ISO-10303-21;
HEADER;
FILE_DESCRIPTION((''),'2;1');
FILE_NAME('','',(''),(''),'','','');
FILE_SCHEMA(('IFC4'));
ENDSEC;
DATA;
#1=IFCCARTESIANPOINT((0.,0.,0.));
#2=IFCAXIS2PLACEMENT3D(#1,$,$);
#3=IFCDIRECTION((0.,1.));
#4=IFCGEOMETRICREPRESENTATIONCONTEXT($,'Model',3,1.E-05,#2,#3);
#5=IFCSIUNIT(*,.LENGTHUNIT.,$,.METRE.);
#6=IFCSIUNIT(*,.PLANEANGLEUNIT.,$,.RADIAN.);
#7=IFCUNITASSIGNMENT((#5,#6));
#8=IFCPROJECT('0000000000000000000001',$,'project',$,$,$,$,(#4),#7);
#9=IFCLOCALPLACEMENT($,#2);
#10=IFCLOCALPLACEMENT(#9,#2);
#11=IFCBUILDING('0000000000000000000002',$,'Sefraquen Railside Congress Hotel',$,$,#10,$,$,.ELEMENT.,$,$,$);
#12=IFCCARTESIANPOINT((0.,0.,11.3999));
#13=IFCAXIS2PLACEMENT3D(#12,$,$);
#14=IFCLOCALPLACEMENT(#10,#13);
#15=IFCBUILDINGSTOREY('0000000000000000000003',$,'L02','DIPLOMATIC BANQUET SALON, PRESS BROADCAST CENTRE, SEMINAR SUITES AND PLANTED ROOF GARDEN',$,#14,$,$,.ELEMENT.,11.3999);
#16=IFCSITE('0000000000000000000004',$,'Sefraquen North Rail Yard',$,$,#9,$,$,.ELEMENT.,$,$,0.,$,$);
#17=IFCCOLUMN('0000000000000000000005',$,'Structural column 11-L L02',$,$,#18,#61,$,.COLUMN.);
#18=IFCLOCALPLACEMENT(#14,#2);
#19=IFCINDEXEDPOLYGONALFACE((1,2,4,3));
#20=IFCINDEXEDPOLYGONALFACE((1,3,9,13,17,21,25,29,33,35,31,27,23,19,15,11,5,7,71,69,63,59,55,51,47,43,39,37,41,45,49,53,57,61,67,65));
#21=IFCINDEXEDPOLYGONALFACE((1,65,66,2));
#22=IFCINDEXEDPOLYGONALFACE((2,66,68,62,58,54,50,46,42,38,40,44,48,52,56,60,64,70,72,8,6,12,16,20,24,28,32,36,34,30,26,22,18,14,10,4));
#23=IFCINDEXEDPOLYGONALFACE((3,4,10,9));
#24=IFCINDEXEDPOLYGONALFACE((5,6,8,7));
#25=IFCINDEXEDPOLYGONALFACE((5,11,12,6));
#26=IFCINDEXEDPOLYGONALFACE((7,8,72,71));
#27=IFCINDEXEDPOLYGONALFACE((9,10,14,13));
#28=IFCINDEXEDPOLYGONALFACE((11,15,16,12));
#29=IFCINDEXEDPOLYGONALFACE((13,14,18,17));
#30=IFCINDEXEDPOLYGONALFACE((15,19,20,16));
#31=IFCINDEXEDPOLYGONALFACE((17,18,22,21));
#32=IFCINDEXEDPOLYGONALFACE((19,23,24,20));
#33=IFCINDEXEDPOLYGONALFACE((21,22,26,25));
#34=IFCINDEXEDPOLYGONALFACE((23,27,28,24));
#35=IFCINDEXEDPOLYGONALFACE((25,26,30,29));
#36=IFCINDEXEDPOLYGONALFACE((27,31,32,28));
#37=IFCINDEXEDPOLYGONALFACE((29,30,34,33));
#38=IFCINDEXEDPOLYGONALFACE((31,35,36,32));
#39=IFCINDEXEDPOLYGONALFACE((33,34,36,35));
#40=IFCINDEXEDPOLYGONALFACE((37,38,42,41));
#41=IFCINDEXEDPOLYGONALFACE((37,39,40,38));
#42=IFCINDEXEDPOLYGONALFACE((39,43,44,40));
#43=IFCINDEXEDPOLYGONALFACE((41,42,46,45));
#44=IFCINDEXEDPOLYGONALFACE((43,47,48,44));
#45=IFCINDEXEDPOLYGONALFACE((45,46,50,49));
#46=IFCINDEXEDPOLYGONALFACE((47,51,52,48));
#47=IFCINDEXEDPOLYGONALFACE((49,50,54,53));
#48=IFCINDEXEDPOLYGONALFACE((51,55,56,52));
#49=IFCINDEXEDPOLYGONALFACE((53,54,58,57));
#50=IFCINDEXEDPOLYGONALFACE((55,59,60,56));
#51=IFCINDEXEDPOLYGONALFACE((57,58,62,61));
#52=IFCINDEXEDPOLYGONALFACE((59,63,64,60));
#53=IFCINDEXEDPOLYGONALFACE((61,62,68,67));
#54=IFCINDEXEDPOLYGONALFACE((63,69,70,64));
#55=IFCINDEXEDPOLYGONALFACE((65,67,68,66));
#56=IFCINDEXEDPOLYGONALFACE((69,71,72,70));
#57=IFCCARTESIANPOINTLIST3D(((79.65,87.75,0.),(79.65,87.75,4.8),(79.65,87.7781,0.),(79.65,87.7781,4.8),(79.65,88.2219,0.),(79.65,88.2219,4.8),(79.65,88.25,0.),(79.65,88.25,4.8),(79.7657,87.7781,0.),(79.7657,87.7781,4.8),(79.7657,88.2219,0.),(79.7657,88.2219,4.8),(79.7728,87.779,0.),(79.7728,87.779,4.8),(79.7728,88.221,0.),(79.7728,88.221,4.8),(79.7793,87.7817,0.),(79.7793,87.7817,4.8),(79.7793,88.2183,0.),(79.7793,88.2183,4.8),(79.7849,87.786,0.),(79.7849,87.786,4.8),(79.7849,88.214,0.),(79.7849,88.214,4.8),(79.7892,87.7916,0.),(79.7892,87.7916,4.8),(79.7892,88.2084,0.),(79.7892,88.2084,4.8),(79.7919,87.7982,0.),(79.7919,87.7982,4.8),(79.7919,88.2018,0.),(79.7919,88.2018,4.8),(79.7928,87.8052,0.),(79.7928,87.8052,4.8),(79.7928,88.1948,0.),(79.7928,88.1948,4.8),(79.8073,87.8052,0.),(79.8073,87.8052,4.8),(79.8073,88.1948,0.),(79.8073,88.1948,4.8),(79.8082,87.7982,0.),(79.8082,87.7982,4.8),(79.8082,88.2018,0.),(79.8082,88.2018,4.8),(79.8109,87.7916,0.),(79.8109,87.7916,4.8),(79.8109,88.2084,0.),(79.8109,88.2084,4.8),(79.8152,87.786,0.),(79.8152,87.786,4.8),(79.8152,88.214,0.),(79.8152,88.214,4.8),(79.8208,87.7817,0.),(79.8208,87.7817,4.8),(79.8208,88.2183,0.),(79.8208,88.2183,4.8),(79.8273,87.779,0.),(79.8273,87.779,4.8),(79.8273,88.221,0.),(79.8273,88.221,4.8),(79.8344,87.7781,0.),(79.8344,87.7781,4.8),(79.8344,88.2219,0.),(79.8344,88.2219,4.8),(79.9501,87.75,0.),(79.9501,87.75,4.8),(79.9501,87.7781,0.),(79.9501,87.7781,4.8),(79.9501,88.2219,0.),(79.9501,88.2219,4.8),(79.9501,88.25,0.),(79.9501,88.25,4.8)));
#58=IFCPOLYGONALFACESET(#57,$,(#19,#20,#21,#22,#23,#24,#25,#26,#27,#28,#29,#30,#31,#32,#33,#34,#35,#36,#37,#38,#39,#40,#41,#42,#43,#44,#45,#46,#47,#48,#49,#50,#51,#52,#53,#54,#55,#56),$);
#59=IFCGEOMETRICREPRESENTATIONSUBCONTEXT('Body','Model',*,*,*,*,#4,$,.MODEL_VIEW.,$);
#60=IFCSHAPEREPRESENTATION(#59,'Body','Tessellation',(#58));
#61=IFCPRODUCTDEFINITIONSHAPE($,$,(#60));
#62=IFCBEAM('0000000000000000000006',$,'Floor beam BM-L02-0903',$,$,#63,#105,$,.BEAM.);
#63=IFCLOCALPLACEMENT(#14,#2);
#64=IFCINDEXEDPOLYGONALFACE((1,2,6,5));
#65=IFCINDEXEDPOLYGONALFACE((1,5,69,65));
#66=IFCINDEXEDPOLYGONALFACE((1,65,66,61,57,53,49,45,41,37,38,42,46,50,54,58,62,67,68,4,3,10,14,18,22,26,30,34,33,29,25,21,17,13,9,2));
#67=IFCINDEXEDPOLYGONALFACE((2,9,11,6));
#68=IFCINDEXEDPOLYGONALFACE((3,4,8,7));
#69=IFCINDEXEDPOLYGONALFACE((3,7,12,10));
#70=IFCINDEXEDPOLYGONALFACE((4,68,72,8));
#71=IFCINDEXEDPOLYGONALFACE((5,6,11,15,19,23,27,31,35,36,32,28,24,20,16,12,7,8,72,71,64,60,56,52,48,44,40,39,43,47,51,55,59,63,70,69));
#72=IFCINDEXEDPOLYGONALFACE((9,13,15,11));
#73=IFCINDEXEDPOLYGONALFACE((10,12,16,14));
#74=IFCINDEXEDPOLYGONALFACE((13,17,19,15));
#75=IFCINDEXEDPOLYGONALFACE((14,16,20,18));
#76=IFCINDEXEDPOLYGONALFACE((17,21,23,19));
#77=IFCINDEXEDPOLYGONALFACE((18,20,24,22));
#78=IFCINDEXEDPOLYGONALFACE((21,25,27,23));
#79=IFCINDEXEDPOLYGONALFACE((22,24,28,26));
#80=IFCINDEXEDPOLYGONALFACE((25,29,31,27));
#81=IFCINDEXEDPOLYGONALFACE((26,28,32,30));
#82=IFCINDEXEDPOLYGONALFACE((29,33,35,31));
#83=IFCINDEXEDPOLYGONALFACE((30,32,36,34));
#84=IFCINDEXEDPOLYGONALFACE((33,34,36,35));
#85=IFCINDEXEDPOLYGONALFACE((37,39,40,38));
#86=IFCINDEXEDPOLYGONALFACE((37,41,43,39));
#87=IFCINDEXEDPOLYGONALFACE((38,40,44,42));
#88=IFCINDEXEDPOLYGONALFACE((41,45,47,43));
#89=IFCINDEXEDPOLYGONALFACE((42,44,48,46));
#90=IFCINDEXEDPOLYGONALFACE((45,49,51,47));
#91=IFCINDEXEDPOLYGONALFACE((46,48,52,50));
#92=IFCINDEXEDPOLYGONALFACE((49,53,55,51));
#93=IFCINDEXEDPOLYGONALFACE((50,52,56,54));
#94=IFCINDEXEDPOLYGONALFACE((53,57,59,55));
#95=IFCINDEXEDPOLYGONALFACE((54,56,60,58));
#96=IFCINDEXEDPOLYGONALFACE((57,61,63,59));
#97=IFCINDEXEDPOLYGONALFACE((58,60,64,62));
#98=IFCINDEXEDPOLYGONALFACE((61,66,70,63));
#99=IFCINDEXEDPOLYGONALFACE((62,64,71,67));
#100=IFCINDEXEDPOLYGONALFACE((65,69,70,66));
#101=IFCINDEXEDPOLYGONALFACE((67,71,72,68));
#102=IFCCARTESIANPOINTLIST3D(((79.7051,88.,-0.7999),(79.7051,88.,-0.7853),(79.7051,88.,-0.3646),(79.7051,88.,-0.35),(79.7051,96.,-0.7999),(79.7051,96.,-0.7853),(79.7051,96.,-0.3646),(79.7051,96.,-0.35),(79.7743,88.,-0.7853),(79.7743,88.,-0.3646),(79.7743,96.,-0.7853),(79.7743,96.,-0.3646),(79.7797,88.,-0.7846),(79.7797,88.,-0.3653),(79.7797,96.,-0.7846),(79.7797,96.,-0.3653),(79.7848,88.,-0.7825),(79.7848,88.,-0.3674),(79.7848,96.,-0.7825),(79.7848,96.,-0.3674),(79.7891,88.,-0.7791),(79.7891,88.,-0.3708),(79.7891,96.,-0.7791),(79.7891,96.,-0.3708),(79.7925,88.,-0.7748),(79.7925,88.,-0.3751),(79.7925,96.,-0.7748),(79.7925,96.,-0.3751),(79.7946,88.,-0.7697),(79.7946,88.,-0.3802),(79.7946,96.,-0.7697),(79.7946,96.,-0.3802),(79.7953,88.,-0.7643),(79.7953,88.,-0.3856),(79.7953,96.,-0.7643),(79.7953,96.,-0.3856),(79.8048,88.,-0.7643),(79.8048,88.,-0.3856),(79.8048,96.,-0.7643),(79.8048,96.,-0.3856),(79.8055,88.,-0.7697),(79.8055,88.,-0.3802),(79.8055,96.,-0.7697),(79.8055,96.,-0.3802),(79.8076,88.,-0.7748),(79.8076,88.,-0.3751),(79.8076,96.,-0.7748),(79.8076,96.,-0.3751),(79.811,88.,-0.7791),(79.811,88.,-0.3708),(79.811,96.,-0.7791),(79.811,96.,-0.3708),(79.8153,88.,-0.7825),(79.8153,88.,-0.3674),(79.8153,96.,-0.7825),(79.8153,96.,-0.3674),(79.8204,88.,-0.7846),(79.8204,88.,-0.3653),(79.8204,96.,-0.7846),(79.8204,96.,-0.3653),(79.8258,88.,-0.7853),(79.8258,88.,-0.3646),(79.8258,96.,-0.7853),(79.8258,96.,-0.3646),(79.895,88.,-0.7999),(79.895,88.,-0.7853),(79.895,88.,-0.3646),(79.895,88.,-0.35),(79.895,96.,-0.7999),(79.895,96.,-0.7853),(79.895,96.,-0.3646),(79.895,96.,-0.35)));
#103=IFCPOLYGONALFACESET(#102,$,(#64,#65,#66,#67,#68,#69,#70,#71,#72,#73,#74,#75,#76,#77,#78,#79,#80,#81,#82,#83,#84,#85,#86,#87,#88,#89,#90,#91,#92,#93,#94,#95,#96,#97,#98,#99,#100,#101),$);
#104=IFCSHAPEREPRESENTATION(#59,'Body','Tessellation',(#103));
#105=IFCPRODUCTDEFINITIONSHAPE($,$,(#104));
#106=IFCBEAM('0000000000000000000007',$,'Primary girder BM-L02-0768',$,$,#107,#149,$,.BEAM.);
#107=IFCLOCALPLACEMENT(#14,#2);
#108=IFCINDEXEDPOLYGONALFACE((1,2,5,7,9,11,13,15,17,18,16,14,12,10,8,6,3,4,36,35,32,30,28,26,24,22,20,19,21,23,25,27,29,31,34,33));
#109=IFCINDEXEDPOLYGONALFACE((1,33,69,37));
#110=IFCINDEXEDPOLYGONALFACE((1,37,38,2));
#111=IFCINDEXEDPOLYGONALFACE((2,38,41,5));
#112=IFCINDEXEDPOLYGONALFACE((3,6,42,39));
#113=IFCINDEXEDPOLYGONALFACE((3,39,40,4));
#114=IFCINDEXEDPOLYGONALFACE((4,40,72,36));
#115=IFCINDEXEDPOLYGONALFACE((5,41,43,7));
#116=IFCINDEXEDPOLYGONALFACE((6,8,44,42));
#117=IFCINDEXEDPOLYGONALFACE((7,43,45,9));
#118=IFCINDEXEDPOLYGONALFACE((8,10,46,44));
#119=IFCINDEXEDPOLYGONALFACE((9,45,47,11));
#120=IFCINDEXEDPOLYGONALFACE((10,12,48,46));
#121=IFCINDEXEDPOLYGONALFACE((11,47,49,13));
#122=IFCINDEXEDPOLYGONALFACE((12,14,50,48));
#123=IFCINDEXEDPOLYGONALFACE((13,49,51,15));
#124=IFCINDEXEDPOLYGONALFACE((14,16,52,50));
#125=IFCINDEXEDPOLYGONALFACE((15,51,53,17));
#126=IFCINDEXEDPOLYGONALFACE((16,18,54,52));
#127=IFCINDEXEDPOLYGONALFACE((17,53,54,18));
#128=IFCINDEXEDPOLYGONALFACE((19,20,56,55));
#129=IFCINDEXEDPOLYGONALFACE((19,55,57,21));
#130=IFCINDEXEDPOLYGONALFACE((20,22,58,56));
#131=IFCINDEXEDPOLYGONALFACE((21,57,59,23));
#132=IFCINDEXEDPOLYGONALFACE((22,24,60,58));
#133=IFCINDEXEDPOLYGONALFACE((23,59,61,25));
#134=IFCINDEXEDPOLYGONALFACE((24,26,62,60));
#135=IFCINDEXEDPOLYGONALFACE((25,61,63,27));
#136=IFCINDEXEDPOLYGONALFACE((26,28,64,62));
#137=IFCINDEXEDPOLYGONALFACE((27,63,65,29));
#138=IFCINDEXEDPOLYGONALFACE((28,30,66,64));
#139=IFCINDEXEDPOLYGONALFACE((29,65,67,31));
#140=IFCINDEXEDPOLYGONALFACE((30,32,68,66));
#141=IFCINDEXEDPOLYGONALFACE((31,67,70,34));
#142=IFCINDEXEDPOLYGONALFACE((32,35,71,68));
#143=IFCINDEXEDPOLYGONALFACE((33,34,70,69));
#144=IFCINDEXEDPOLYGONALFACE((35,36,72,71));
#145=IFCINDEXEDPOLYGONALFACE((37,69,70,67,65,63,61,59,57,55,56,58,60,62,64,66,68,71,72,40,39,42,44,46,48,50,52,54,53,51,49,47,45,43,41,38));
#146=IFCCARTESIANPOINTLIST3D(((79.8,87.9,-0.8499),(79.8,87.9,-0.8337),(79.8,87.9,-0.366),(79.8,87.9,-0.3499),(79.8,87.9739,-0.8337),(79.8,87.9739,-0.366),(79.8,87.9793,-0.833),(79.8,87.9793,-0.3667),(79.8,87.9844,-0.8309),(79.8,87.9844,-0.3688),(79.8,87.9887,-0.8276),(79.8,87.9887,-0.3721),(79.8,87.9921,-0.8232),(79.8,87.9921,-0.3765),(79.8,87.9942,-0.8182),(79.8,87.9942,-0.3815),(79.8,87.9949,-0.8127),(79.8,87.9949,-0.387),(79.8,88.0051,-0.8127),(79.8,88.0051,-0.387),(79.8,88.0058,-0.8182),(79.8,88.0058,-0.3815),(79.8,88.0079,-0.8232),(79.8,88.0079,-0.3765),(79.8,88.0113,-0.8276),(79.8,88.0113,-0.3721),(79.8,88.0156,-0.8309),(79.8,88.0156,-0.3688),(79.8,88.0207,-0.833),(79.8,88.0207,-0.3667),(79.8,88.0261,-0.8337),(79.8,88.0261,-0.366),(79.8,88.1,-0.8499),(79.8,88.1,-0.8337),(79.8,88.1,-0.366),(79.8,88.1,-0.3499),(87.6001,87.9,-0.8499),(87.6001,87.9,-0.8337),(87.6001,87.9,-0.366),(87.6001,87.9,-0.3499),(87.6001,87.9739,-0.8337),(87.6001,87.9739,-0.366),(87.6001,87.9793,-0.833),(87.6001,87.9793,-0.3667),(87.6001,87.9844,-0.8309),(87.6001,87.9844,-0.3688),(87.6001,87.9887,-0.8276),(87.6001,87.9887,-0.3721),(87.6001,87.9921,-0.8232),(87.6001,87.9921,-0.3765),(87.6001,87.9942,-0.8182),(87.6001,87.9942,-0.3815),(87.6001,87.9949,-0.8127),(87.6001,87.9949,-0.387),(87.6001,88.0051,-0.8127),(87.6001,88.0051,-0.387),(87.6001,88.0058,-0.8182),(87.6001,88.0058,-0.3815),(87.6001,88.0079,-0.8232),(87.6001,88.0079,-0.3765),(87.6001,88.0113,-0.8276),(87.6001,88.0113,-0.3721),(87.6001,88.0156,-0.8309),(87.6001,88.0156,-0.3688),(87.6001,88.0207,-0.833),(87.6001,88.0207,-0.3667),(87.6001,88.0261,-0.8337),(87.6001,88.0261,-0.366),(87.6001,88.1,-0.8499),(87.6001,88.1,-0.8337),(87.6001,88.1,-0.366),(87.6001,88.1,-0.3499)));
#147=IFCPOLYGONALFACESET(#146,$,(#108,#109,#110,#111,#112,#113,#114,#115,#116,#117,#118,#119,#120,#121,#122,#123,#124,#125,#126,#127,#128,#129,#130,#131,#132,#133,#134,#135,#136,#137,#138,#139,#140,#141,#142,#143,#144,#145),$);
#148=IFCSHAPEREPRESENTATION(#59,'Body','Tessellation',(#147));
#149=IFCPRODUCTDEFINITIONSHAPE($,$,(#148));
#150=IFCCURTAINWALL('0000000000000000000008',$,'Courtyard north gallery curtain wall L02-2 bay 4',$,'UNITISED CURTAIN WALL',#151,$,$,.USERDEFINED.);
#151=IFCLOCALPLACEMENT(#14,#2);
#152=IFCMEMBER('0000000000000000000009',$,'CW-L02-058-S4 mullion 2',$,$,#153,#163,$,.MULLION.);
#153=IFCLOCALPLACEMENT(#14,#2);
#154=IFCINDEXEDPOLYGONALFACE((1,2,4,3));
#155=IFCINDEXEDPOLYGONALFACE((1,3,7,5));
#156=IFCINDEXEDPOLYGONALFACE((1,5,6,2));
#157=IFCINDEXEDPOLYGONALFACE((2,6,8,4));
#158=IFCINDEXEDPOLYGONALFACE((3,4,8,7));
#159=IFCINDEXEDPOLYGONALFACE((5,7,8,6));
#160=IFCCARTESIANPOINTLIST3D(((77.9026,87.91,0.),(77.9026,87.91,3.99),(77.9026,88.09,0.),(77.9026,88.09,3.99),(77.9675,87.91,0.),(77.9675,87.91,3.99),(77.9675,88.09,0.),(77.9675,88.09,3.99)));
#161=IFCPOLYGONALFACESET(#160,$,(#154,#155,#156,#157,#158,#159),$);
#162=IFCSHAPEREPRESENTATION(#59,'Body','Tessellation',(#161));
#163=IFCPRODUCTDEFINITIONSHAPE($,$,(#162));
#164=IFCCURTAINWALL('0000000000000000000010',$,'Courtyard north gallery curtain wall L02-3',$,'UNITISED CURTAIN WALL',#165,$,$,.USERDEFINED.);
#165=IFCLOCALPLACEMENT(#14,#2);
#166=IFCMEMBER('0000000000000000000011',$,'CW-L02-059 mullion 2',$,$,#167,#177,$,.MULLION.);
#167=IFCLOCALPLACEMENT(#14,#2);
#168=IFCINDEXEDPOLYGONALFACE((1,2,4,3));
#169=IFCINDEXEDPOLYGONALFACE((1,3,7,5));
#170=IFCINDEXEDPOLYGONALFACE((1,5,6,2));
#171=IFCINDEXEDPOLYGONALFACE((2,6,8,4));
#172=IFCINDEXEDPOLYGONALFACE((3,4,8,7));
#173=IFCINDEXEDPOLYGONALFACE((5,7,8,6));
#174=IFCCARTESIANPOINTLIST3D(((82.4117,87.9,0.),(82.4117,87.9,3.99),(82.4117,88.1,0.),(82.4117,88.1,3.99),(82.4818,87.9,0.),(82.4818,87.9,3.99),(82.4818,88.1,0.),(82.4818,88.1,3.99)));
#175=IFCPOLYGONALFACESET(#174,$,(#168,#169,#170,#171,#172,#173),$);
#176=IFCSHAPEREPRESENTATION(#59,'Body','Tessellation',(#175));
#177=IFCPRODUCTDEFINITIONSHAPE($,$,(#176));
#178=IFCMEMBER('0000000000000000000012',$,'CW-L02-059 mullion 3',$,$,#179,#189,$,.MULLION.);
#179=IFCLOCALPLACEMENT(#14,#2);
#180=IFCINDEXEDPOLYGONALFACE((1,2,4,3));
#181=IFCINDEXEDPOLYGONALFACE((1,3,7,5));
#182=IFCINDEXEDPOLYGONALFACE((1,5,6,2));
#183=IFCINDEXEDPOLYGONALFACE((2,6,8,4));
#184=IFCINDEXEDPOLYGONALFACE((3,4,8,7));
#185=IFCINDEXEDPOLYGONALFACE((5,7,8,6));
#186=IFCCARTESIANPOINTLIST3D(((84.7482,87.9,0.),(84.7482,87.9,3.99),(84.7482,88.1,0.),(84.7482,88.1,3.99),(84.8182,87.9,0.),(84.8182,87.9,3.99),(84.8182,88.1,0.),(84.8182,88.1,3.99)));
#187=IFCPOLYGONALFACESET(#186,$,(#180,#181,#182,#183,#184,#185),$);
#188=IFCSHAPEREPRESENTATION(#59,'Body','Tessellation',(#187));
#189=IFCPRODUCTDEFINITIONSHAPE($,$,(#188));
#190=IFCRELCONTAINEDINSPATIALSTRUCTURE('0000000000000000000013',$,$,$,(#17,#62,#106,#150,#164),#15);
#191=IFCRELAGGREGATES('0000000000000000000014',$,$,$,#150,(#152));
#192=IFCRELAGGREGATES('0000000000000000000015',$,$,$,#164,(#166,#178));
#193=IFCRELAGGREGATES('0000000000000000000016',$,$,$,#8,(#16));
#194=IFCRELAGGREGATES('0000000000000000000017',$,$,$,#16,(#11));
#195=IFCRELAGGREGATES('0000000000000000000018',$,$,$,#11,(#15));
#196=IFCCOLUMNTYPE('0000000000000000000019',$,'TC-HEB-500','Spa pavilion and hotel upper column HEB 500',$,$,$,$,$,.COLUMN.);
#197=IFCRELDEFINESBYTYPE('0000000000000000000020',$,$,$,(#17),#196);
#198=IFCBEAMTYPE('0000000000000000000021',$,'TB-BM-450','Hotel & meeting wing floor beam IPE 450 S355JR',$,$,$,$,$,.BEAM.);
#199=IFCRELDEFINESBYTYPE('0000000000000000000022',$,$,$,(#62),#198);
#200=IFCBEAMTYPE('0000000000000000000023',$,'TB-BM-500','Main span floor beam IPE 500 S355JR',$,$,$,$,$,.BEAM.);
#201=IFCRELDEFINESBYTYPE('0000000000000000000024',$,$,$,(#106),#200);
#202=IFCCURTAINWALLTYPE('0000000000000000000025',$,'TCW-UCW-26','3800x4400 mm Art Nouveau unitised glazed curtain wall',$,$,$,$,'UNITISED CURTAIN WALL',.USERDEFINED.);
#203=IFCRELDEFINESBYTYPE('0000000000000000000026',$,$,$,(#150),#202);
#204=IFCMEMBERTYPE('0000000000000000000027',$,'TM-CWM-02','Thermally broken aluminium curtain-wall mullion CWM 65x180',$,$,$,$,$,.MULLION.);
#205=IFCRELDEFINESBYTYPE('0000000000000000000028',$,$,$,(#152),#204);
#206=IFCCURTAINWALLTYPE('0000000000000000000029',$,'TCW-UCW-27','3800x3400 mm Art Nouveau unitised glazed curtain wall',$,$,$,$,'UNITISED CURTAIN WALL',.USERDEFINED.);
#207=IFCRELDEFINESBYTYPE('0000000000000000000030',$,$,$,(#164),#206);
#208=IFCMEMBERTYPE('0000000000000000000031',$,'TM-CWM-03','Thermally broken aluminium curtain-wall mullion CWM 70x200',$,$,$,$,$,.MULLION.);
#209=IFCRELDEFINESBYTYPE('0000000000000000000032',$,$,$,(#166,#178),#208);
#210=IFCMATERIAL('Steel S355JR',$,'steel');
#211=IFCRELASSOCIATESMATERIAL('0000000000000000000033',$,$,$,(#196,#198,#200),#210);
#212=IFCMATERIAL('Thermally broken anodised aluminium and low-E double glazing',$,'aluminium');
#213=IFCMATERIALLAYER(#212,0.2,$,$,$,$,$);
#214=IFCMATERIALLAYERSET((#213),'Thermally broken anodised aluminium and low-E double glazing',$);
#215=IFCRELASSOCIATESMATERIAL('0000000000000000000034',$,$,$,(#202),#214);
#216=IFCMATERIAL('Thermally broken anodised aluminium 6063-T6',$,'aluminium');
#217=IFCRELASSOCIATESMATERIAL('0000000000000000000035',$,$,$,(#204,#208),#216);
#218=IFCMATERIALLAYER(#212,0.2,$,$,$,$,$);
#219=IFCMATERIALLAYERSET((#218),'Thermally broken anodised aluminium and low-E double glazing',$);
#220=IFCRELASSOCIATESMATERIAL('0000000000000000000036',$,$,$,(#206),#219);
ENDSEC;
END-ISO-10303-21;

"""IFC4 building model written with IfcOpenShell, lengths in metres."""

from ifc_helpers import new_model, si_unit, direction, frame, origin, origin_2d, place, context, subcontext, project, spatial, rectangle, i_section, extrude, material, layer, layer_set, material_profile, profile_set, type_object, element, aggregate, save


model = new_model("IFC4")

# Units and contexts
model_context = context("Model", 3, precision=1e-05, world=origin(), true_north=direction((0.0, 1.0)))
body_context = subcontext(model_context, "Body", "Model", "MODEL_VIEW")
ifc_project = project(units=[si_unit("LENGTHUNIT", "METRE"), si_unit("PLANEANGLEUNIT", "RADIAN")], contexts=[model_context])

# Site, building, storey
site_placement = place(None, origin())
site = spatial("IfcSite", under=ifc_project, at=site_placement, Name="Sefraquen North Rail Yard", CompositionType="ELEMENT", RefElevation=0.0)
building_placement = place(site_placement, origin())
building = spatial("IfcBuilding", under=site, at=building_placement, Name="Sefraquen Railside Congress Hotel", CompositionType="ELEMENT")
storey_placement = place(building_placement, frame((0.0, 0.0, 11.3999)))
storey = spatial("IfcBuildingStorey", under=building, at=storey_placement, Name="L02", Description="DIPLOMATIC BANQUET SALON, PRESS BROADCAST CENTRE, SEMINAR SUITES AND PLANTED ROOF GARDEN", CompositionType="ELEMENT", Elevation=11.3999)

# Column
ifc_material_1 = material(Name="Steel S355JR", Category="steel")
ifc_material_profile_1 = material_profile(ifc_material_1, i_section(OverallWidth=0.3, OverallDepth=0.5, WebThickness=0.0144, FlangeThickness=0.0281, FilletRadius=0.0271, at=origin_2d()), Name="HEB 500")
ifc_profile_set_1 = profile_set([ifc_material_profile_1], Name="Steel S355JR")
column_type = type_object("IfcColumnType", Name="TC-HEB-500", Description="Spa pavilion and hotel upper column HEB 500", PredefinedType="COLUMN", material=ifc_profile_set_1)
column_placement = place(storey_placement, frame((79.8, 88.0, 0.0), z_axis=(0.0, 0.0, 1.0), x_axis=(1.0, 0.0, 0.0)))
element("IfcColumn", 1, at=column_placement, inside=storey, type_object=column_type, Name="Structural column 11-L L02", PredefinedType="COLUMN", context=body_context, shape_type="SweptSolid", body=[
    extrude(i_section(OverallWidth=0.3, OverallDepth=0.5, WebThickness=0.0144, FlangeThickness=0.0281, FilletRadius=0.0271, at=origin_2d()), origin(), (0.0, 0.0, 1.0), 4.8),
])

# Beams
ifc_material_profile_2 = material_profile(ifc_material_1, i_section(OverallWidth=0.1899, OverallDepth=0.45, WebThickness=0.0095, FlangeThickness=0.0146, FilletRadius=0.021, at=origin_2d()), Name="IPE 450")
ifc_profile_set_2 = profile_set([ifc_material_profile_2], Name="Steel S355JR")
beam_type_1 = type_object("IfcBeamType", Name="TB-BM-450", Description="Hotel & meeting wing floor beam IPE 450 S355JR", PredefinedType="BEAM", material=ifc_profile_set_2)
beam_1_placement = place(storey_placement, frame((79.8, 88.0, -0.575), z_axis=(0.0, 1.0, 0.0), x_axis=(-1.0, 0.0, 0.0)))
element("IfcBeam", 2, at=beam_1_placement, inside=storey, type_object=beam_type_1, Name="Floor beam BM-L02-0903", PredefinedType="BEAM", context=body_context, shape_type="SweptSolid", body=[
    extrude(i_section(OverallWidth=0.1899, OverallDepth=0.45, WebThickness=0.0095, FlangeThickness=0.0146, FilletRadius=0.021, at=origin_2d()), origin(), (0.0, 0.0, 1.0), 8.0),
])
ifc_material_profile_3 = material_profile(ifc_material_1, i_section(OverallWidth=0.2, OverallDepth=0.5, WebThickness=0.0103, FlangeThickness=0.0161, FilletRadius=0.021, at=origin_2d()), Name="IPE 500")
ifc_profile_set_3 = profile_set([ifc_material_profile_3], Name="Steel S355JR")
beam_type_2 = type_object("IfcBeamType", Name="TB-BM-500", Description="Main span floor beam IPE 500 S355JR", PredefinedType="BEAM", material=ifc_profile_set_3)
beam_2_placement = place(storey_placement, frame((79.8, 88.0, -0.5999), z_axis=(1.0, 0.0, 0.0), x_axis=(0.0, 1.0, 0.0)))
element("IfcBeam", 3, at=beam_2_placement, inside=storey, type_object=beam_type_2, Name="Primary girder BM-L02-0768", PredefinedType="BEAM", context=body_context, shape_type="SweptSolid", body=[
    extrude(i_section(OverallWidth=0.2, OverallDepth=0.5, WebThickness=0.0103, FlangeThickness=0.0161, FilletRadius=0.021, at=origin_2d()), origin(), (0.0, 0.0, 1.0), 7.8),
])

# Curtain wall, member
ifc_material_2 = material(Name="Thermally broken anodised aluminium and low-E double glazing", Category="aluminium")
ifc_layer_1 = layer(ifc_material_2, 0.2)
ifc_layer_set_1 = layer_set([ifc_layer_1], Name="Thermally broken anodised aluminium and low-E double glazing")
curtain_wall_type_1 = type_object("IfcCurtainWallType", Name="TCW-UCW-26", Description="3800x4400 mm Art Nouveau unitised glazed curtain wall", ElementType="UNITISED CURTAIN WALL", PredefinedType="USERDEFINED", material=ifc_layer_set_1)
curtain_wall_1_placement = place(storey_placement, origin())
curtain_wall_1 = element("IfcCurtainWall", 4, at=curtain_wall_1_placement, inside=storey, type_object=curtain_wall_type_1, Name="Courtyard north gallery curtain wall L02-2 bay 4", ObjectType="UNITISED CURTAIN WALL", PredefinedType="USERDEFINED")
ifc_material_3 = material(Name="Thermally broken anodised aluminium 6063-T6", Category="aluminium")
ifc_material_profile_4 = material_profile(ifc_material_3, rectangle(XDim=0.0649, YDim=0.1799, at=origin_2d()), Name="CWM 65x180")
ifc_profile_set_4 = profile_set([ifc_material_profile_4], Name="Thermally broken anodised aluminium 6063-T6")
member_type_1 = type_object("IfcMemberType", Name="TM-CWM-02", Description="Thermally broken aluminium curtain-wall mullion CWM 65x180", PredefinedType="MULLION", material=ifc_profile_set_4)
member_1_placement = place(storey_placement, frame((77.9351, 88.0, 0.0), z_axis=(0.0, 0.0, 1.0), x_axis=(1.0, 0.0, 0.0)))
member_1 = element("IfcMember", 5, at=member_1_placement, type_object=member_type_1, Name="CW-L02-058-S4 mullion 2", PredefinedType="MULLION", context=body_context, shape_type="SweptSolid", body=[
    extrude(rectangle(XDim=0.0649, YDim=0.1799, at=origin_2d()), origin(), (0.0, 0.0, 1.0), 3.99),
])

# Curtain wall, members
ifc_layer_2 = layer(ifc_material_2, 0.2)
ifc_layer_set_2 = layer_set([ifc_layer_2], Name="Thermally broken anodised aluminium and low-E double glazing")
curtain_wall_type_2 = type_object("IfcCurtainWallType", Name="TCW-UCW-27", Description="3800x3400 mm Art Nouveau unitised glazed curtain wall", ElementType="UNITISED CURTAIN WALL", PredefinedType="USERDEFINED", material=ifc_layer_set_2)
curtain_wall_2_placement = place(storey_placement, origin())
curtain_wall_2 = element("IfcCurtainWall", 6, at=curtain_wall_2_placement, inside=storey, type_object=curtain_wall_type_2, Name="Courtyard north gallery curtain wall L02-3", ObjectType="UNITISED CURTAIN WALL", PredefinedType="USERDEFINED")
ifc_material_profile_5 = material_profile(ifc_material_3, rectangle(XDim=0.0701, YDim=0.2, at=origin_2d()), Name="CWM 70x200")
ifc_profile_set_5 = profile_set([ifc_material_profile_5], Name="Thermally broken anodised aluminium 6063-T6")
member_type_2 = type_object("IfcMemberType", Name="TM-CWM-03", Description="Thermally broken aluminium curtain-wall mullion CWM 70x200", PredefinedType="MULLION", material=ifc_profile_set_5)
member_2_placement = place(storey_placement, frame((82.4468, 88.0, 0.0), z_axis=(0.0, 0.0, 1.0), x_axis=(1.0, 0.0, 0.0)))
member_2 = element("IfcMember", 7, at=member_2_placement, type_object=member_type_2, Name="CW-L02-059 mullion 2", PredefinedType="MULLION", context=body_context, shape_type="SweptSolid", body=[
    extrude(rectangle(XDim=0.0701, YDim=0.2, at=origin_2d()), origin(), (0.0, 0.0, 1.0), 3.99),
])
member_3_placement = place(storey_placement, frame((84.7832, 88.0, 0.0), z_axis=(0.0, 0.0, 1.0), x_axis=(1.0, 0.0, 0.0)))
member_3 = element("IfcMember", 8, at=member_3_placement, type_object=member_type_2, Name="CW-L02-059 mullion 3", PredefinedType="MULLION", context=body_context, shape_type="SweptSolid", body=[
    extrude(rectangle(XDim=0.0701, YDim=0.2, at=origin_2d()), origin(), (0.0, 0.0, 1.0), 3.99),
])

aggregate(curtain_wall_1, [member_1])
aggregate(curtain_wall_2, [member_2, member_3])

save(model, "model.ifc")
